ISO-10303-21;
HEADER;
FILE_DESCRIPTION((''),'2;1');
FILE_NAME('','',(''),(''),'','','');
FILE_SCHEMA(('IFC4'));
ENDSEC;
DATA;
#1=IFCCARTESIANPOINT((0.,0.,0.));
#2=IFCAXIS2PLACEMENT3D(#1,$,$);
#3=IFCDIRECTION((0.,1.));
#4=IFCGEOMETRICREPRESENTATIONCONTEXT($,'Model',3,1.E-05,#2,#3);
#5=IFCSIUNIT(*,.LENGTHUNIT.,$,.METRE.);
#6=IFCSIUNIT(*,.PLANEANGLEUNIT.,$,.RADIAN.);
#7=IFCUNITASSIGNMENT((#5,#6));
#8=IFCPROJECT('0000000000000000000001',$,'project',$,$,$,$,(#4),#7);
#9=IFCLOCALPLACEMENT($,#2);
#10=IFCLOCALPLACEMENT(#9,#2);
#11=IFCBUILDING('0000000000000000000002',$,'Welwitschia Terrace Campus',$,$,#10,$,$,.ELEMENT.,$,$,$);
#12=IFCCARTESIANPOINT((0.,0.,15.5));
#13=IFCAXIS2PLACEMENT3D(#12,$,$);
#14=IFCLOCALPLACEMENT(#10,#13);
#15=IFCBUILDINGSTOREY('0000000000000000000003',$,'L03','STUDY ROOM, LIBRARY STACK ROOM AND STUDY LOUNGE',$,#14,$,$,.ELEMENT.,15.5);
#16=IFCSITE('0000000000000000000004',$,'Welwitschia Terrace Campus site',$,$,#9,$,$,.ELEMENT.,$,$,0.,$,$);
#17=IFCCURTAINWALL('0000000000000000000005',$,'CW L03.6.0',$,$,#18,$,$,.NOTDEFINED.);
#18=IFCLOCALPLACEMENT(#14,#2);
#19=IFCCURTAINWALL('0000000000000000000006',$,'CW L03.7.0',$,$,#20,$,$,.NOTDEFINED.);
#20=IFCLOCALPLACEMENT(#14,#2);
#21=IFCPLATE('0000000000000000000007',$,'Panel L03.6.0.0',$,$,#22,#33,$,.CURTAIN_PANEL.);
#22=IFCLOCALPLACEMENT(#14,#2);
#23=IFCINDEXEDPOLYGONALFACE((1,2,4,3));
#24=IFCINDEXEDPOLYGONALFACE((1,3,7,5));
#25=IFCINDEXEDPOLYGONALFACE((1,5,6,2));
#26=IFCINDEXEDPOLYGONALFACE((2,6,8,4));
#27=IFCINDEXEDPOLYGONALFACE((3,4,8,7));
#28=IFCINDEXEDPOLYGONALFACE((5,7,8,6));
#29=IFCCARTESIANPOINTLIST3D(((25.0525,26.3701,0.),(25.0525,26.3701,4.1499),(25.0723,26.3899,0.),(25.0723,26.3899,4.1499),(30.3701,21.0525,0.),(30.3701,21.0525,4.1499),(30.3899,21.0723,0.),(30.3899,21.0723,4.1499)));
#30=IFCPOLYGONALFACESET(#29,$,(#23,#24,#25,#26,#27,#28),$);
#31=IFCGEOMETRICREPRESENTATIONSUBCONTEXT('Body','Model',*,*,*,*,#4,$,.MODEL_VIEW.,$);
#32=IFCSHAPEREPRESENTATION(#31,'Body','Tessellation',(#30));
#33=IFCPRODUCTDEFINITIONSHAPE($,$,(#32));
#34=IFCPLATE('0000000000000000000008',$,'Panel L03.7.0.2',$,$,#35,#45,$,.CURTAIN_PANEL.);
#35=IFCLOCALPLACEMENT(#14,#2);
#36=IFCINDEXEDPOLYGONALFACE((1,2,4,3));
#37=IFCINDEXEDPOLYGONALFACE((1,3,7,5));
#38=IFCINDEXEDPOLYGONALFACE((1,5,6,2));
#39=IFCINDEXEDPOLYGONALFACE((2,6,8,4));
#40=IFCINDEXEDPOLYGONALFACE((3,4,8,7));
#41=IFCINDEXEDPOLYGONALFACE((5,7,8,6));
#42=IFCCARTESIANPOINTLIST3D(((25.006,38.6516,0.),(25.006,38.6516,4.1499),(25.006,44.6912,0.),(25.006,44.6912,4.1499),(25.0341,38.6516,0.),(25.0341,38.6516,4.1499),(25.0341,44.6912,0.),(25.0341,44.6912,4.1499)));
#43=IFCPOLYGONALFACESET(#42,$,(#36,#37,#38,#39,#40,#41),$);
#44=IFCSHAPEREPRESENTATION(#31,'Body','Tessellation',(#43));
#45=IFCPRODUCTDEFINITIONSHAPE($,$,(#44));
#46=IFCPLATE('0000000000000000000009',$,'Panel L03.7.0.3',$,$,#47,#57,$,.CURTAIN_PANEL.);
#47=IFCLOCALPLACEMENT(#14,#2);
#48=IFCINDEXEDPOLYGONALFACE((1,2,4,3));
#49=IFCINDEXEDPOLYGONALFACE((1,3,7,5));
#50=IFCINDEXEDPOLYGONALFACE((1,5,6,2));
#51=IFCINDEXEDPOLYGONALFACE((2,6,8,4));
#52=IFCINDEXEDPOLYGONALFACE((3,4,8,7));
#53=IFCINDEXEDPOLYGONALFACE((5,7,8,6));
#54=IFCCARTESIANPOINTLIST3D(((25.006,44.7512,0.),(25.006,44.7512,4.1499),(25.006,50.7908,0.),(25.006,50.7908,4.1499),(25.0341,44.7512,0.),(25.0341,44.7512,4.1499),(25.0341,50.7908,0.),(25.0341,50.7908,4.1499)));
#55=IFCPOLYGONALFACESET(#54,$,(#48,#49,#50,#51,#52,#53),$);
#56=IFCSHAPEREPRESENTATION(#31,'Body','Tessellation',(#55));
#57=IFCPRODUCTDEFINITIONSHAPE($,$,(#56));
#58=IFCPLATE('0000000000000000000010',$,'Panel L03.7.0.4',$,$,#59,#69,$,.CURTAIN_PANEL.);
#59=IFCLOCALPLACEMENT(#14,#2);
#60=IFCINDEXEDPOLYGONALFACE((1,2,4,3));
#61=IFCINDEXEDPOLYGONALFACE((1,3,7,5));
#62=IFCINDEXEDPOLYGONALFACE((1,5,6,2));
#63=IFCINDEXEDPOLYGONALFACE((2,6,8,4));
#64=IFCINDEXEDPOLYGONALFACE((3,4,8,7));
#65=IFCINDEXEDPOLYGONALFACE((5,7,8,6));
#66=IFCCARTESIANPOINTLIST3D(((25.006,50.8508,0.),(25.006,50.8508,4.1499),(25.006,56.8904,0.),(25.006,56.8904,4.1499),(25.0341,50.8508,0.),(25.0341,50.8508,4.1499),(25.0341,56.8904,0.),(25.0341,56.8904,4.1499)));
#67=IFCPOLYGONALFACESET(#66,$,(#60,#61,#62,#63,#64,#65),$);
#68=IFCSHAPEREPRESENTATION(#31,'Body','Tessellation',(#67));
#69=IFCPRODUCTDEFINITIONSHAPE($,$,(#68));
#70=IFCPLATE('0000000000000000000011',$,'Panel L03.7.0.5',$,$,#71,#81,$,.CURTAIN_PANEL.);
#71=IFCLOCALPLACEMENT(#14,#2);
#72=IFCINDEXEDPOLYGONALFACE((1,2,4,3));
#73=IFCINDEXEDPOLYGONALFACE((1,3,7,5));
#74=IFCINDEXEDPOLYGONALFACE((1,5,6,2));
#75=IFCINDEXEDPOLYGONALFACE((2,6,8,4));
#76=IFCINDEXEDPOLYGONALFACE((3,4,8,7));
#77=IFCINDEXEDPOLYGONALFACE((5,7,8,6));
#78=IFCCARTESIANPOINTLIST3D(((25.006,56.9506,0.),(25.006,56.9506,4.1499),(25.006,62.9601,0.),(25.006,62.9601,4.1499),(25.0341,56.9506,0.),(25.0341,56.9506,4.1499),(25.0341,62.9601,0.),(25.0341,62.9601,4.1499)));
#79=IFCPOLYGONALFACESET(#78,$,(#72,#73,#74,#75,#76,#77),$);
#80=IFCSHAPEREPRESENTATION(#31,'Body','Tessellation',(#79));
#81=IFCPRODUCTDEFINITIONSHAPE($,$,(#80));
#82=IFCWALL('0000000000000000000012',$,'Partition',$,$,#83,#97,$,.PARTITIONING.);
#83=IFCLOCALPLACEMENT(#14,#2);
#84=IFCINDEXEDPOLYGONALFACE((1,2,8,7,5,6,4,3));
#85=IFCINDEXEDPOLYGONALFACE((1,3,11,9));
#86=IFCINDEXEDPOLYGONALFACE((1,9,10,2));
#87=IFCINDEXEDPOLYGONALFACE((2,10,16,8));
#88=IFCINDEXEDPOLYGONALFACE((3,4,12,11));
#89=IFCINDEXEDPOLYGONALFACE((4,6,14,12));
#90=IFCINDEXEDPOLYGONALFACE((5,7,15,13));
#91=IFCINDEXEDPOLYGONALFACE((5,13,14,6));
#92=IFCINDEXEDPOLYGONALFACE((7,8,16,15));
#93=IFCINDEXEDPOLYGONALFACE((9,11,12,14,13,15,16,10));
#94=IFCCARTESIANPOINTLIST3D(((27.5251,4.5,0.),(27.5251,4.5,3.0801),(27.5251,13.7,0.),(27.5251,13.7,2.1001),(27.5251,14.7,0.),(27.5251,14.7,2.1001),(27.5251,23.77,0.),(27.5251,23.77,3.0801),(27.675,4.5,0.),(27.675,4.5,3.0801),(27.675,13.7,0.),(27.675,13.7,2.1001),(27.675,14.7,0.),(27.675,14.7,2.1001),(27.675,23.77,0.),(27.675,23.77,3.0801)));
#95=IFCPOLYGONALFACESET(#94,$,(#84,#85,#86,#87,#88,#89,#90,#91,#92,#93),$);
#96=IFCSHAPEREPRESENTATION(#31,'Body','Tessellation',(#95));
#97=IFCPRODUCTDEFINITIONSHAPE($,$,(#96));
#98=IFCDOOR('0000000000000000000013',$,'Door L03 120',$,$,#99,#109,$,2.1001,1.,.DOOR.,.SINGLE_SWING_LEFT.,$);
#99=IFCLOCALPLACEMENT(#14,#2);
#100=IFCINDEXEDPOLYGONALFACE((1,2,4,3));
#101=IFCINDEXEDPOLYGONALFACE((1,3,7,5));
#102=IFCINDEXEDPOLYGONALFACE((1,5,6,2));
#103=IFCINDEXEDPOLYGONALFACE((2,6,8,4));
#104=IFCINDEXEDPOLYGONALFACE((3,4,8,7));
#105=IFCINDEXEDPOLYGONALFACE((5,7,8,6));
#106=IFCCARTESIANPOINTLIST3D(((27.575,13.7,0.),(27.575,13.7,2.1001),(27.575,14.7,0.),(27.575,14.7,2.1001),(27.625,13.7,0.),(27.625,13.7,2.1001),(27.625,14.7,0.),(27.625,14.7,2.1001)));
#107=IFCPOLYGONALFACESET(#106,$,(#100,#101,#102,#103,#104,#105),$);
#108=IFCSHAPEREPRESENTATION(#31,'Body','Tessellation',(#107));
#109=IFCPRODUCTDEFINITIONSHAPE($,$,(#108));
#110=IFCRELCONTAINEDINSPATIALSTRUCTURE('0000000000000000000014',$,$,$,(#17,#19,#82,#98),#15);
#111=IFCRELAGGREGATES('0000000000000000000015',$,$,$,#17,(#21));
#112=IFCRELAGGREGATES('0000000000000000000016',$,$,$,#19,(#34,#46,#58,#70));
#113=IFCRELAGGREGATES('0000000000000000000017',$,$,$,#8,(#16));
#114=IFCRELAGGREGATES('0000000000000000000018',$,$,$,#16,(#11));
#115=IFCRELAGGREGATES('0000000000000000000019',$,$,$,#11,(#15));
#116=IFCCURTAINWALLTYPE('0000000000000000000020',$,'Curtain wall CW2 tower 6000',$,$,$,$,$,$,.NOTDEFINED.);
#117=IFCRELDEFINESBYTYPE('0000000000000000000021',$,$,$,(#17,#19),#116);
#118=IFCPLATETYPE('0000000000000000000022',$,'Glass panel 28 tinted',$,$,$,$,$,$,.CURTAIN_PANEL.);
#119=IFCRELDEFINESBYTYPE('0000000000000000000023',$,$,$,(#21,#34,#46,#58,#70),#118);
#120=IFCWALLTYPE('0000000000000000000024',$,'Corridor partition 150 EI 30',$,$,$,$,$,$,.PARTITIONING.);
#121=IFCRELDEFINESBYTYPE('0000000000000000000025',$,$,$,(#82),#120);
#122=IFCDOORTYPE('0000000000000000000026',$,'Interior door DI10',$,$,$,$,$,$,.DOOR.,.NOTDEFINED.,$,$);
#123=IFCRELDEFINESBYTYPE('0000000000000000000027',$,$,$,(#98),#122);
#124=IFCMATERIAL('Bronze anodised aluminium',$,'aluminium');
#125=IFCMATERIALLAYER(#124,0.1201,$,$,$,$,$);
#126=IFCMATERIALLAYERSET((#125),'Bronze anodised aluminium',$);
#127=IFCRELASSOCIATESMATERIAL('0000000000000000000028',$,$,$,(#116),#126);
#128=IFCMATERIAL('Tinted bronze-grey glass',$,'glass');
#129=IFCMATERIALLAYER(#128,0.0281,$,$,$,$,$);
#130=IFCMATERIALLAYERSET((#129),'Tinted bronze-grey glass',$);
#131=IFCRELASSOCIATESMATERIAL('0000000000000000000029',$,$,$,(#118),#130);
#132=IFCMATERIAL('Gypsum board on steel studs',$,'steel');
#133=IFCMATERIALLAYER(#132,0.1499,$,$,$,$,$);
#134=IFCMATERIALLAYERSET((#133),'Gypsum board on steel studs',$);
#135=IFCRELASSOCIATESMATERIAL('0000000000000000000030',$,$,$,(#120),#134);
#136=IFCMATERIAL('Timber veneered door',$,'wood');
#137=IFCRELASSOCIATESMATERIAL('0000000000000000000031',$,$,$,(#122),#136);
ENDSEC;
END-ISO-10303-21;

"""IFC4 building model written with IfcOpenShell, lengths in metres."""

from ifc_helpers import new_model, si_unit, direction, frame, frame_2d, origin, origin_2d, place, context, subcontext, project, spatial, rectangle, extrude, material, layer, layer_set, type_object, element, fill, aggregate, save


model = new_model("IFC4")

# Units and contexts
model_context = context("Model", 3, precision=1e-05, world=origin(), true_north=direction((0.0, 1.0)))
body_context = subcontext(model_context, "Body", "Model", "MODEL_VIEW")
ifc_project = project(units=[si_unit("LENGTHUNIT", "METRE"), si_unit("PLANEANGLEUNIT", "RADIAN")], contexts=[model_context])

# Site, building, storey
site_placement = place(None, origin())
site = spatial("IfcSite", under=ifc_project, at=site_placement, Name="Welwitschia Terrace Campus site", CompositionType="ELEMENT", RefElevation=0.0)
building_placement = place(site_placement, origin())
building = spatial("IfcBuilding", under=site, at=building_placement, Name="Welwitschia Terrace Campus", CompositionType="ELEMENT")
storey_placement = place(building_placement, frame((0.0, 0.0, 15.5)))
storey = spatial("IfcBuildingStorey", under=building, at=storey_placement, Name="L03", Description="STUDY ROOM, LIBRARY STACK ROOM AND STUDY LOUNGE", CompositionType="ELEMENT", Elevation=15.5)

# Curtain walls
ifc_material_1 = material(Name="Bronze anodised aluminium", Category="aluminium")
ifc_layer_1 = layer(ifc_material_1, 0.1201)
ifc_layer_set_1 = layer_set([ifc_layer_1], Name="Bronze anodised aluminium")
curtain_wall_type = type_object("IfcCurtainWallType", Name="Curtain wall CW2 tower 6000", PredefinedType="NOTDEFINED", material=ifc_layer_set_1)
curtain_wall_1_placement = place(storey_placement, origin())
curtain_wall_1 = element("IfcCurtainWall", 1, at=curtain_wall_1_placement, inside=storey, type_object=curtain_wall_type, Name="CW L03.6.0", PredefinedType="NOTDEFINED")
curtain_wall_2_placement = place(storey_placement, origin())
curtain_wall_2 = element("IfcCurtainWall", 2, at=curtain_wall_2_placement, inside=storey, type_object=curtain_wall_type, Name="CW L03.7.0", PredefinedType="NOTDEFINED")

# Plates
ifc_material_2 = material(Name="Tinted bronze-grey glass", Category="glass")
ifc_layer_2 = layer(ifc_material_2, 0.0281)
ifc_layer_set_2 = layer_set([ifc_layer_2], Name="Tinted bronze-grey glass")
plate_type = type_object("IfcPlateType", Name="Glass panel 28 tinted", PredefinedType="CURTAIN_PANEL", material=ifc_layer_set_2)
plate_1_placement = place(storey_placement, frame((27.7212, 23.7212, 0.0), z_axis=(0.0, 0.0, 1.0), x_axis=(-0.707107, 0.707107, 0.0)))
plate_1 = element("IfcPlate", 3, at=plate_1_placement, type_object=plate_type, Name="Panel L03.6.0.0", PredefinedType="CURTAIN_PANEL", context=body_context, shape_type="SweptSolid", body=[
    extrude(rectangle(XDim=7.5203, YDim=0.0281, at=origin_2d()), origin(), (0.0, 0.0, 1.0), 4.1499),
])
aggregate(curtain_wall_1, [plate_1])
plate_2_placement = place(storey_placement, frame((25.02, 41.6714, 0.0), z_axis=(0.0, 0.0, 1.0), x_axis=(0.0, 1.0, 0.0)))
plate_2 = element("IfcPlate", 4, at=plate_2_placement, type_object=plate_type, Name="Panel L03.7.0.2", PredefinedType="CURTAIN_PANEL", context=body_context, shape_type="SweptSolid", body=[
    extrude(rectangle(XDim=6.0396, YDim=0.0281, at=origin_2d()), origin(), (0.0, 0.0, 1.0), 4.1499),
])
plate_3_placement = place(storey_placement, frame((25.02, 47.771, 0.0), z_axis=(0.0, 0.0, 1.0), x_axis=(0.0, 1.0, 0.0)))
plate_3 = element("IfcPlate", 5, at=plate_3_placement, type_object=plate_type, Name="Panel L03.7.0.3", PredefinedType="CURTAIN_PANEL", context=body_context, shape_type="SweptSolid", body=[
    extrude(rectangle(XDim=6.0396, YDim=0.0281, at=origin_2d()), origin(), (0.0, 0.0, 1.0), 4.1499),
])
plate_4_placement = place(storey_placement, frame((25.02, 53.8706, 0.0), z_axis=(0.0, 0.0, 1.0), x_axis=(0.0, 1.0, 0.0)))
plate_4 = element("IfcPlate", 6, at=plate_4_placement, type_object=plate_type, Name="Panel L03.7.0.4", PredefinedType="CURTAIN_PANEL", context=body_context, shape_type="SweptSolid", body=[
    extrude(rectangle(XDim=6.0396, YDim=0.0281, at=origin_2d()), origin(), (0.0, 0.0, 1.0), 4.1499),
])
plate_5_placement = place(storey_placement, frame((25.02, 59.9553, 0.0), z_axis=(0.0, 0.0, 1.0), x_axis=(0.0, 1.0, 0.0)))
plate_5 = element("IfcPlate", 7, at=plate_5_placement, type_object=plate_type, Name="Panel L03.7.0.5", PredefinedType="CURTAIN_PANEL", context=body_context, shape_type="SweptSolid", body=[
    extrude(rectangle(XDim=6.0095, YDim=0.0281, at=origin_2d()), origin(), (0.0, 0.0, 1.0), 4.1499),
])
aggregate(curtain_wall_2, [plate_2, plate_3, plate_4, plate_5])

# Wall, opening, door
ifc_material_3 = material(Name="Gypsum board on steel studs", Category="steel")
ifc_layer_3 = layer(ifc_material_3, 0.1499)
ifc_layer_set_3 = layer_set([ifc_layer_3], Name="Gypsum board on steel studs")
wall_type = type_object("IfcWallType", Name="Corridor partition 150 EI 30", PredefinedType="PARTITIONING", material=ifc_layer_set_3)
wall_placement = place(storey_placement, frame((27.6001, 23.77, 0.0), z_axis=(0.0, 0.0, 1.0), x_axis=(0.0, -1.0, 0.0)))
wall = element("IfcWall", 8, at=wall_placement, inside=storey, type_object=wall_type, Name="Partition", PredefinedType="PARTITIONING", context=body_context, shape_type="SweptSolid", body=[
    extrude(rectangle(XDim=19.27, YDim=0.1499, at=frame_2d((9.635, 0.0))), origin(), (0.0, 0.0, 1.0), 3.0801),
])
opening_placement = place(wall_placement, frame((9.0701, 0.0, 0.0)))
opening = element("IfcOpeningElement", 9, at=opening_placement, cuts=wall, PredefinedType="OPENING", context=body_context, shape_type="SweptSolid", body=[
    extrude(rectangle(XDim=1.0, YDim=2.1001, at=frame_2d((0.5, 1.05))), frame((0.0, 0.085, 0.0), z_axis=(0.0, -1.0, 0.0), x_axis=(1.0, 0.0, 0.0)), (0.0, 0.0, 1.0), 0.1699),
])
ifc_material_4 = material(Name="Timber veneered door", Category="wood")
door_type = type_object("IfcDoorType", Name="Interior door DI10", OperationType="NOTDEFINED", PredefinedType="DOOR", material=ifc_material_4)
door_placement = place(opening_placement, origin())
door = element("IfcDoor", 10, at=door_placement, inside=storey, type_object=door_type, Name="Door L03 120", OperationType="SINGLE_SWING_LEFT", OverallHeight=2.1001, OverallWidth=1.0, PredefinedType="DOOR", context=body_context, shape_type="SweptSolid", body=[
    extrude(rectangle(XDim=1.0, YDim=2.1001, at=frame_2d((0.5, 1.05))), frame((0.0, 0.0249, 0.0), z_axis=(0.0, -1.0, 0.0), x_axis=(1.0, 0.0, 0.0)), (0.0, 0.0, 1.0), 0.05),
])
fill(opening, door)

save(model, "model.ifc")
